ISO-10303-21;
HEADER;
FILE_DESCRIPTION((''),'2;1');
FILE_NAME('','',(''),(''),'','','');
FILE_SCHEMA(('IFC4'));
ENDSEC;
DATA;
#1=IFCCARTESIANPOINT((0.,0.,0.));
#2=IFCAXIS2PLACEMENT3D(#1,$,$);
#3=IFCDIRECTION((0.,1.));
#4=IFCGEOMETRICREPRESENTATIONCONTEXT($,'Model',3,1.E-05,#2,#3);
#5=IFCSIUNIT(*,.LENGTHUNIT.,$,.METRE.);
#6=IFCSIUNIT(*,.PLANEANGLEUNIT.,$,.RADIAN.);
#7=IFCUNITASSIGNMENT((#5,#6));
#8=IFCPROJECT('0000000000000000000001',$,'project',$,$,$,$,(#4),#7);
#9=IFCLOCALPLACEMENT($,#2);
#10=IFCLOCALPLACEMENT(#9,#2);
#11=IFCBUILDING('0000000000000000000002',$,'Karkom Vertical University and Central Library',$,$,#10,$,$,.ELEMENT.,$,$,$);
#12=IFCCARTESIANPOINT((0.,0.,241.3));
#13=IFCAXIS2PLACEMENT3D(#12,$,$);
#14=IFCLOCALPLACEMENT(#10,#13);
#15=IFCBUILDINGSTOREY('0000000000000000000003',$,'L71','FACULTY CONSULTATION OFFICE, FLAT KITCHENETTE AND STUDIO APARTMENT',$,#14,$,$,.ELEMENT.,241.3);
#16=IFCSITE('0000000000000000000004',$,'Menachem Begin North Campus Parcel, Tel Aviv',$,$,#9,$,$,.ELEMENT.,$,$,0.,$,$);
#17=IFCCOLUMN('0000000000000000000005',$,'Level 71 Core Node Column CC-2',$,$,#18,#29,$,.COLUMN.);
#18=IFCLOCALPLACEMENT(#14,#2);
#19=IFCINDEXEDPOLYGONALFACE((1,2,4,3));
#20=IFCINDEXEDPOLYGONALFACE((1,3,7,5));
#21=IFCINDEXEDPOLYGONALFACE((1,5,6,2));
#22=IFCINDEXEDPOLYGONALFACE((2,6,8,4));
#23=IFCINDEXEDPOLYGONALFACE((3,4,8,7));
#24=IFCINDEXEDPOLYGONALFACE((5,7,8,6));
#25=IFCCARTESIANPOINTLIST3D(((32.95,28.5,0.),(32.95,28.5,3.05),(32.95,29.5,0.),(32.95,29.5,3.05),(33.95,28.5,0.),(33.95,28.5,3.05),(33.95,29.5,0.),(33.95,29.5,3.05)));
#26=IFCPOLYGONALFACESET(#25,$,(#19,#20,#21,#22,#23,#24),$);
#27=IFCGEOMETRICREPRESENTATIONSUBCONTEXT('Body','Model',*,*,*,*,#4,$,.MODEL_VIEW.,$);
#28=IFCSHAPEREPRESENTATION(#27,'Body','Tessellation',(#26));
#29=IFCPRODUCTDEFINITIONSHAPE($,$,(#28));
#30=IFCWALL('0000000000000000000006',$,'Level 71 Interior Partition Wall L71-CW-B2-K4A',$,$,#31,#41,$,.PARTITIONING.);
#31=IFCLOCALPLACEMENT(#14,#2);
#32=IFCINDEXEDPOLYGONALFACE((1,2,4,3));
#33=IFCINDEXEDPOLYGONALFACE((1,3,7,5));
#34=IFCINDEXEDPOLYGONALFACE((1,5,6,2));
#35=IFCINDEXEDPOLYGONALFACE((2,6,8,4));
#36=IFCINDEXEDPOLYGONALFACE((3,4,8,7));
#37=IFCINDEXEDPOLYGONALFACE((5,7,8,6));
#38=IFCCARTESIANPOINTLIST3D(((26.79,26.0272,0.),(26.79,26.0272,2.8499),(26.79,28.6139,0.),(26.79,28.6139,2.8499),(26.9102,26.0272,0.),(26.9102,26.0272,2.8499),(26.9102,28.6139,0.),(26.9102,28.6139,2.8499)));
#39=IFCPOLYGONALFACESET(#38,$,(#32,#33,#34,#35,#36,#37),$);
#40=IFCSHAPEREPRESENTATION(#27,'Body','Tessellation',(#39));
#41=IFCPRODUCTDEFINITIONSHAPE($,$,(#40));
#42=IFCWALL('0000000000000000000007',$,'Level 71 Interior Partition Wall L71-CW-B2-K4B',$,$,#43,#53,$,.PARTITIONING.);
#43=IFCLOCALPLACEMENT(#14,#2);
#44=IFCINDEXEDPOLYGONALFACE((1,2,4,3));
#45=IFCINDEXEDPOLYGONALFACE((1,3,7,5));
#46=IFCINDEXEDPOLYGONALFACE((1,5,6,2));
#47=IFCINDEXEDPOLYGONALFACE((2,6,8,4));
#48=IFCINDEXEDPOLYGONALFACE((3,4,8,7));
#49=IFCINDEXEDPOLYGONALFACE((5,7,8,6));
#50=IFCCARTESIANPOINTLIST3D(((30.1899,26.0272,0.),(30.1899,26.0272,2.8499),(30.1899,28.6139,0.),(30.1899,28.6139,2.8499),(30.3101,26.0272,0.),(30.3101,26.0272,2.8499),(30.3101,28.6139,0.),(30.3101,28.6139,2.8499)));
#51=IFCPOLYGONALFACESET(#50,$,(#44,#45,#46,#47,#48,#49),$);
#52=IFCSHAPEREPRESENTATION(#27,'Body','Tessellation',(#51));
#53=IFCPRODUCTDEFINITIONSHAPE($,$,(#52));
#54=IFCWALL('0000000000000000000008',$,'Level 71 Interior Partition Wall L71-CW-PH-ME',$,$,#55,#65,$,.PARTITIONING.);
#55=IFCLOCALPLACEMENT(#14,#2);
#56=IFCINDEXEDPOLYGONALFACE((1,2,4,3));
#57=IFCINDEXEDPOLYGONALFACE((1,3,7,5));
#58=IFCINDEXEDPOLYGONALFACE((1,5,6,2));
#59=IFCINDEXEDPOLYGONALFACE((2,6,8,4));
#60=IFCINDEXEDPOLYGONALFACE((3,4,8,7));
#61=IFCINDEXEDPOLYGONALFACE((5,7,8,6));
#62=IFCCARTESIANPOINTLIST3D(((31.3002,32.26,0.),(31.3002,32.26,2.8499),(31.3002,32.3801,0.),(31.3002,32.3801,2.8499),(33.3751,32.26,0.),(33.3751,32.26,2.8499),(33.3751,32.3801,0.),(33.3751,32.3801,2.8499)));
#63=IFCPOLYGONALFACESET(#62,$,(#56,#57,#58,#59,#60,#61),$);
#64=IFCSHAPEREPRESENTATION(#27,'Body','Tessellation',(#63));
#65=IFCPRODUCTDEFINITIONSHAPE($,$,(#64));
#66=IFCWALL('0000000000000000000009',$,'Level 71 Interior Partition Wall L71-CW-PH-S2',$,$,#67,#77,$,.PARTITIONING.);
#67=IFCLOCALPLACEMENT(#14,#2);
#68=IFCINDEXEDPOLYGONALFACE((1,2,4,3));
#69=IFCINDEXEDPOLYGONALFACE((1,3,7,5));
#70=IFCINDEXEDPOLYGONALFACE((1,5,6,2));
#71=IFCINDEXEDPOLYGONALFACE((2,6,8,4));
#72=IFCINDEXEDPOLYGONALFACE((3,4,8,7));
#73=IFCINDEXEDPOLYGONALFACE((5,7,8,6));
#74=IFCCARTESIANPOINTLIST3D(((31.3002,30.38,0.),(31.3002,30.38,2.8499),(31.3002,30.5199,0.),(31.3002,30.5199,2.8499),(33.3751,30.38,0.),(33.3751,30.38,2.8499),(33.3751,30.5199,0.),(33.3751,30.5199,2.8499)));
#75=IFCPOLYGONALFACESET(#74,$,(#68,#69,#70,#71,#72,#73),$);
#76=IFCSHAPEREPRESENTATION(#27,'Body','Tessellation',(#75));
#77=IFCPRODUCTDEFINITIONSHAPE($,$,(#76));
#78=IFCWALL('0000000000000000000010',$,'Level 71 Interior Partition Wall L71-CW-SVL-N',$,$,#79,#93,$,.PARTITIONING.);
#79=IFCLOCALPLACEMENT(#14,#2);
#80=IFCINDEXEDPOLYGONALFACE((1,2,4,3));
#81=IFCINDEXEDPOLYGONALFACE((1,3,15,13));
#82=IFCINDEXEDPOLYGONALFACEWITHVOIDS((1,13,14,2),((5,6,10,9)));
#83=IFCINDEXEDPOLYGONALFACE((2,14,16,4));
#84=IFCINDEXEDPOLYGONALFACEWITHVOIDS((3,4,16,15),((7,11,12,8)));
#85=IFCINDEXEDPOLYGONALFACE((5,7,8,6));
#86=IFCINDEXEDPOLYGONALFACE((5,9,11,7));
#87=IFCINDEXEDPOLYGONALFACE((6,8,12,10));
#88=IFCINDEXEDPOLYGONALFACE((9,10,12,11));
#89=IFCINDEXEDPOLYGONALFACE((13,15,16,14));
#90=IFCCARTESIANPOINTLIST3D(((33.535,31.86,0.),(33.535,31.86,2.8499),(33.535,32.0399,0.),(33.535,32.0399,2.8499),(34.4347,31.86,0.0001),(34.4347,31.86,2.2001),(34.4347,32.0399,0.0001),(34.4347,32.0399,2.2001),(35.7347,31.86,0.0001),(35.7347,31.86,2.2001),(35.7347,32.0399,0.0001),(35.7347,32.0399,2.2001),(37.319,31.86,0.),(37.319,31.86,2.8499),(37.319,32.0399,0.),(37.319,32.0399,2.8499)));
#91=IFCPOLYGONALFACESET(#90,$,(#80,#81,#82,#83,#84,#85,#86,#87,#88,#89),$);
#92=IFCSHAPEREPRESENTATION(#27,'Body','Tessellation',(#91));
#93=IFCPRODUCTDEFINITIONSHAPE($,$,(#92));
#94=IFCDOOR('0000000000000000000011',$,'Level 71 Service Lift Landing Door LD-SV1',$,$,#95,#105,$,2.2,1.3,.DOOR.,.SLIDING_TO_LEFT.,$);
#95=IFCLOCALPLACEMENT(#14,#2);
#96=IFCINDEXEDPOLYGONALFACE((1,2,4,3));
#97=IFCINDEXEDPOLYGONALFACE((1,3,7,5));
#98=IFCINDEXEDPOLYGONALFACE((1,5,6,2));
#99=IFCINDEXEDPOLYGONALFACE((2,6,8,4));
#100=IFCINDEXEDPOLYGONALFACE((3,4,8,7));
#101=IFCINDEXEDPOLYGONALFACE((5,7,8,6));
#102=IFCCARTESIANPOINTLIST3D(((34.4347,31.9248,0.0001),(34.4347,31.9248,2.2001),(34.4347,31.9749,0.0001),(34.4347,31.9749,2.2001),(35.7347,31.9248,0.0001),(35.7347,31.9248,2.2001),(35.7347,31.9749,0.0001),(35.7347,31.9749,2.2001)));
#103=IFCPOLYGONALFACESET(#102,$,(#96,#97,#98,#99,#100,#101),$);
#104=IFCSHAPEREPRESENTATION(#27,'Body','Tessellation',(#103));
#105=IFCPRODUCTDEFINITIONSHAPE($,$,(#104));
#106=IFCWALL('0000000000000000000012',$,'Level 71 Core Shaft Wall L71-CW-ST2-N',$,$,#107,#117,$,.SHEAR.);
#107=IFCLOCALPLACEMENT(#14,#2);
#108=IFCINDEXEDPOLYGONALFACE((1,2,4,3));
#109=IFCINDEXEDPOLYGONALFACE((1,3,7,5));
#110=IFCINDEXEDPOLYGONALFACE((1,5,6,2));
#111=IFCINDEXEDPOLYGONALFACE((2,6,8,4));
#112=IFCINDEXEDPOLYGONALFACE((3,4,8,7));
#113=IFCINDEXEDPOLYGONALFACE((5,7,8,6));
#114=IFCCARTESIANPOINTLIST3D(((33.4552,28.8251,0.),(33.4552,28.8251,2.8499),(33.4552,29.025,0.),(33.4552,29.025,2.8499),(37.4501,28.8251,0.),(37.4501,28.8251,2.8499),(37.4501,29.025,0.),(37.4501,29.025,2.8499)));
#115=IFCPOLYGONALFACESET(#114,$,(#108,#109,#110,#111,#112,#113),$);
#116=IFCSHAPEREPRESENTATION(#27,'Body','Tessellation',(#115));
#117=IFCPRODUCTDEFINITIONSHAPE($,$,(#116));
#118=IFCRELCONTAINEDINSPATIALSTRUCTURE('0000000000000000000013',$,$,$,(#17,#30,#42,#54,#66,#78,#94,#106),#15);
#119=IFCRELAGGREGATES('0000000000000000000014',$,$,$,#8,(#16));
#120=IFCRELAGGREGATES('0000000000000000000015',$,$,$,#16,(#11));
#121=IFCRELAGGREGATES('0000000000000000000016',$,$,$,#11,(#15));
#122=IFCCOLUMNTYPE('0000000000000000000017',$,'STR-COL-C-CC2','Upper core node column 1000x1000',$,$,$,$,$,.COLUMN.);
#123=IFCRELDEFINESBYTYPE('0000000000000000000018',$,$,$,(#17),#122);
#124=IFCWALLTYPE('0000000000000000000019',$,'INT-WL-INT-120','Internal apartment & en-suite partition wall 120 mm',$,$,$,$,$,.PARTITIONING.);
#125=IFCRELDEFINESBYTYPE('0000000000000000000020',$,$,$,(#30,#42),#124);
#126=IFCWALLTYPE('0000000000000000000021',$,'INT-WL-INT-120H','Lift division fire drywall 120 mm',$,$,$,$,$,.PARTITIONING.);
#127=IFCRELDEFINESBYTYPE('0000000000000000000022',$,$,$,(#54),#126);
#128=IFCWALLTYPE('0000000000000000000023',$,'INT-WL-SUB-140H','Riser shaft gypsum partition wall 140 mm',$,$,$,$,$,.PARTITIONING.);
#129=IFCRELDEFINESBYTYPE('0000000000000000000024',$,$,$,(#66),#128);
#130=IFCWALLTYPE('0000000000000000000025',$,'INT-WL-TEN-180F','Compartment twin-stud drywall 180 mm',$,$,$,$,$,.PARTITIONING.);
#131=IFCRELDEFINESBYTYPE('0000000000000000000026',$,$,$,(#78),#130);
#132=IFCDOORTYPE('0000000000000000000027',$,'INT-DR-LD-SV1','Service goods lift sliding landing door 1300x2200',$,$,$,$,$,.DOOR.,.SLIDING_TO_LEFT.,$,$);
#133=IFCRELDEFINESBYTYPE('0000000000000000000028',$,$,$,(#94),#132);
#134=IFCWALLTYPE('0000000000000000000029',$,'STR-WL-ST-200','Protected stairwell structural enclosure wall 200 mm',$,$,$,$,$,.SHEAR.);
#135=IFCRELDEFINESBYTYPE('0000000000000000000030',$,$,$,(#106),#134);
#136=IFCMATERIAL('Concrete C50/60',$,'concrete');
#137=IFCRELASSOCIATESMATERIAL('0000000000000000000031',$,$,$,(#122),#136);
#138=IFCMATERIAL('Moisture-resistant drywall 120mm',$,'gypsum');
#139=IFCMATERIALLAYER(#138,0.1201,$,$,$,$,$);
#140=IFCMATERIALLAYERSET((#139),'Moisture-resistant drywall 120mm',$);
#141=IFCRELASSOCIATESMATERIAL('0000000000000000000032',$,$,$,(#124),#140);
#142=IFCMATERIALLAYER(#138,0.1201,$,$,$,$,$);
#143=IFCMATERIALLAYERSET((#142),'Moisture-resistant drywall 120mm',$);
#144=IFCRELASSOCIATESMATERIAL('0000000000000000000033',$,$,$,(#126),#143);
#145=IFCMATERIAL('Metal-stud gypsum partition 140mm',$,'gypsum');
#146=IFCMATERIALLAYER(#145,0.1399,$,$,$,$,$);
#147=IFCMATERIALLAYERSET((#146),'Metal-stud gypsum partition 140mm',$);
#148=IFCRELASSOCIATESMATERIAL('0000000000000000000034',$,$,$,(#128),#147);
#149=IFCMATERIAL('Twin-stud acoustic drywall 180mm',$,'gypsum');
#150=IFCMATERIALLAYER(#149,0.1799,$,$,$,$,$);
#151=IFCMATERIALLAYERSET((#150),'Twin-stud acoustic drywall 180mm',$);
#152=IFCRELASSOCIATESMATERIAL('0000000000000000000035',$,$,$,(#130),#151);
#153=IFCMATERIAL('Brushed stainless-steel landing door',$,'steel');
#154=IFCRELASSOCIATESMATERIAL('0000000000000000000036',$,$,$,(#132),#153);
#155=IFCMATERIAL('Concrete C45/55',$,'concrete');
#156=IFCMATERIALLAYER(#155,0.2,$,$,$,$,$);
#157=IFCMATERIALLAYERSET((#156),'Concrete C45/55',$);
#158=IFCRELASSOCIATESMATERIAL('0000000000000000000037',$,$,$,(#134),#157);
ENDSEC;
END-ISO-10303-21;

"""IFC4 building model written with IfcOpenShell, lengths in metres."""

from ifc_helpers import new_model, si_unit, direction, frame, frame_2d, origin, origin_with_axes, origin_2d, place, context, subcontext, project, spatial, rectangle, extrude, source, transform, mapped, material, layer, layer_set, material_profile, profile_set, type_object, element, fill, save


model = new_model("IFC4")

# Units and contexts
model_context = context("Model", 3, precision=1e-05, world=origin(), true_north=direction((0.0, 1.0)))
body_context = subcontext(model_context, "Body", "Model", "MODEL_VIEW")
ifc_project = project(units=[si_unit("LENGTHUNIT", "METRE"), si_unit("PLANEANGLEUNIT", "RADIAN")], contexts=[model_context])

# Site, building, storey
site_placement = place(None, origin())
site = spatial("IfcSite", under=ifc_project, at=site_placement, Name="Menachem Begin North Campus Parcel, Tel Aviv", CompositionType="ELEMENT", RefElevation=0.0)
building_placement = place(site_placement, origin())
building = spatial("IfcBuilding", under=site, at=building_placement, Name="Karkom Vertical University and Central Library", CompositionType="ELEMENT")
storey_placement = place(building_placement, frame((0.0, 0.0, 241.3)))
storey = spatial("IfcBuildingStorey", under=building, at=storey_placement, Name="L71", Description="FACULTY CONSULTATION OFFICE, FLAT KITCHENETTE AND STUDIO APARTMENT", CompositionType="ELEMENT", Elevation=241.3)

# Column
ifc_material_1 = material(Name="Concrete C50/60", Category="concrete")
ifc_material_profile = material_profile(ifc_material_1, rectangle(XDim=1.0, YDim=1.0, at=origin_2d()), Name="RC-1000x1000")
ifc_profile_set = profile_set([ifc_material_profile], Name="Concrete C50/60")
column_type = type_object("IfcColumnType", Name="STR-COL-C-CC2", Description="Upper core node column 1000x1000", PredefinedType="COLUMN", material=ifc_profile_set)
shared_shape_1 = source(origin_with_axes(), body_context, "Body", "SweptSolid", [
    extrude(rectangle(XDim=1.0, YDim=1.0, at=origin_2d()), origin(), (0.0, 0.0, 1.0), 3.05),
])
column_placement = place(storey_placement, frame((33.45, 29.0, 0.0), z_axis=(0.0, 0.0, 1.0), x_axis=(1.0, 0.0, 0.0)))
element("IfcColumn", 1, at=column_placement, inside=storey, type_object=column_type, Name="Level 71 Core Node Column CC-2", PredefinedType="COLUMN", context=body_context, shape_type="MappedRepresentation", body=[
    mapped(shared_shape_1, transform((0.0, 0.0, 0.0), scale=1.0)),
])

# Walls
ifc_material_2 = material(Name="Moisture-resistant drywall 120mm", Category="gypsum")
ifc_layer_1 = layer(ifc_material_2, 0.1201)
ifc_layer_set_1 = layer_set([ifc_layer_1], Name="Moisture-resistant drywall 120mm")
wall_type_1 = type_object("IfcWallType", Name="INT-WL-INT-120", Description="Internal apartment & en-suite partition wall 120 mm", PredefinedType="PARTITIONING", material=ifc_layer_set_1)
for number, where, z_axis, x_axis, name in (
    (2, (26.8501, 26.0271, 0.0), (0.0, 0.0, 1.0), (0.0, 1.0, 0.0), "Level 71 Interior Partition Wall L71-CW-B2-K4A"),
    (3, (30.25, 26.0271, 0.0), (0.0, 0.0, 1.0), (0.0, 1.0, 0.0), "Level 71 Interior Partition Wall L71-CW-B2-K4B"),
):
    element("IfcWall", number, at=place(storey_placement, frame(where, z_axis=z_axis, x_axis=x_axis)), inside=storey, type_object=wall_type_1, Name=name, PredefinedType="PARTITIONING", context=body_context, shape_type="SweptSolid", body=[
        extrude(rectangle(XDim=2.5867, YDim=0.1201, at=frame_2d((1.2935, 0.0))), origin(), (0.0, 0.0, 1.0), 2.8499),
    ])
ifc_layer_2 = layer(ifc_material_2, 0.1201)
ifc_layer_set_2 = layer_set([ifc_layer_2], Name="Moisture-resistant drywall 120mm")
wall_type_2 = type_object("IfcWallType", Name="INT-WL-INT-120H", Description="Lift division fire drywall 120 mm", PredefinedType="PARTITIONING", material=ifc_layer_set_2)
wall_1_placement = place(storey_placement, frame((31.3, 32.3201, 0.0), z_axis=(0.0, 0.0, 1.0), x_axis=(1.0, 0.0, 0.0)))
element("IfcWall", 4, at=wall_1_placement, inside=storey, type_object=wall_type_2, Name="Level 71 Interior Partition Wall L71-CW-PH-ME", PredefinedType="PARTITIONING", context=body_context, shape_type="SweptSolid", body=[
    extrude(rectangle(XDim=2.075, YDim=0.1201, at=frame_2d((1.0376, 0.0))), origin(), (0.0, 0.0, 1.0), 2.8499),
])

# Shared definitions
ifc_material_3 = material(Name="Metal-stud gypsum partition 140mm", Category="gypsum")
ifc_layer_3 = layer(ifc_material_3, 0.1399)
ifc_layer_set_3 = layer_set([ifc_layer_3], Name="Metal-stud gypsum partition 140mm")
wall_type_3 = type_object("IfcWallType", Name="INT-WL-SUB-140H", Description="Riser shaft gypsum partition wall 140 mm", PredefinedType="PARTITIONING", material=ifc_layer_set_3)
ifc_material_4 = material(Name="Brushed stainless-steel landing door", Category="steel")

# Wall
wall_2_placement = place(storey_placement, frame((31.3, 30.45, 0.0), z_axis=(0.0, 0.0, 1.0), x_axis=(1.0, 0.0, 0.0)))
element("IfcWall", 5, at=wall_2_placement, inside=storey, type_object=wall_type_3, Name="Level 71 Interior Partition Wall L71-CW-PH-S2", PredefinedType="PARTITIONING", context=body_context, shape_type="SweptSolid", body=[
    extrude(rectangle(XDim=2.075, YDim=0.1399, at=frame_2d((1.0376, 0.0))), origin(), (0.0, 0.0, 1.0), 2.8499),
])

# Wall, opening, door
ifc_material_5 = material(Name="Twin-stud acoustic drywall 180mm", Category="gypsum")
ifc_layer_4 = layer(ifc_material_5, 0.1799)
ifc_layer_set_4 = layer_set([ifc_layer_4], Name="Twin-stud acoustic drywall 180mm")
wall_type_4 = type_object("IfcWallType", Name="INT-WL-TEN-180F", Description="Compartment twin-stud drywall 180 mm", PredefinedType="PARTITIONING", material=ifc_layer_set_4)
wall_3_placement = place(storey_placement, frame((33.5349, 31.95, 0.0), z_axis=(0.0, 0.0, 1.0), x_axis=(1.0, 0.0, 0.0)))
wall_3 = element("IfcWall", 6, at=wall_3_placement, inside=storey, type_object=wall_type_4, Name="Level 71 Interior Partition Wall L71-CW-SVL-N", PredefinedType="PARTITIONING", context=body_context, shape_type="SweptSolid", body=[
    extrude(rectangle(XDim=3.7839, YDim=0.1799, at=frame_2d((1.8921, 0.0))), origin(), (0.0, 0.0, 1.0), 2.8499),
])
opening_1_placement = place(wall_3_placement, frame((0.8999, 0.0, 0.0)))
opening_1 = element("IfcOpeningElement", 7, at=opening_1_placement, cuts=wall_3, PredefinedType="OPENING", context=body_context, shape_type="SweptSolid", body=[
    extrude(rectangle(XDim=1.3, YDim=2.2, at=frame_2d((0.6499, 1.1001))), frame((0.0, 0.1001, 0.0), z_axis=(0.0, -1.0, 0.0), x_axis=(1.0, 0.0, 0.0)), (0.0, 0.0, 1.0), 0.2),
])
door_type_1 = type_object("IfcDoorType", Name="INT-DR-LD-SV1", Description="Service goods lift sliding landing door 1300x2200", OperationType="SLIDING_TO_LEFT", PredefinedType="DOOR", material=ifc_material_4)
shared_shape_2 = source(origin_with_axes(), body_context, "Body", "SweptSolid", [
    extrude(rectangle(XDim=1.3, YDim=2.2, at=frame_2d((0.6499, 1.1001))), frame((0.0, 0.0249, 0.0), z_axis=(0.0, -1.0, 0.0), x_axis=(1.0, 0.0, 0.0)), (0.0, 0.0, 1.0), 0.05),
])
door_1_placement = place(opening_1_placement, origin())
door_1 = element("IfcDoor", 8, at=door_1_placement, inside=storey, type_object=door_type_1, Name="Level 71 Service Lift Landing Door LD-SV1", OperationType="SLIDING_TO_LEFT", OverallHeight=2.2, OverallWidth=1.3, PredefinedType="DOOR", context=body_context, shape_type="MappedRepresentation", body=[
    mapped(shared_shape_2, transform((0.0, 0.0, 0.0), scale=1.0)),
])
fill(opening_1, door_1)

# Wall
ifc_material_6 = material(Name="Concrete C45/55", Category="concrete")
ifc_layer_5 = layer(ifc_material_6, 0.2)
ifc_layer_set_5 = layer_set([ifc_layer_5], Name="Concrete C45/55")
wall_type_5 = type_object("IfcWallType", Name="STR-WL-ST-200", Description="Protected stairwell structural enclosure wall 200 mm", PredefinedType="SHEAR", material=ifc_layer_set_5)
wall_4_placement = place(storey_placement, frame((33.4551, 28.925, 0.0), z_axis=(0.0, 0.0, 1.0), x_axis=(1.0, 0.0, 0.0)))
element("IfcWall", 9, at=wall_4_placement, inside=storey, type_object=wall_type_5, Name="Level 71 Core Shaft Wall L71-CW-ST2-N", PredefinedType="SHEAR", context=body_context, shape_type="SweptSolid", body=[
    extrude(rectangle(XDim=3.9949, YDim=0.2, at=frame_2d((1.9976, 0.0))), origin(), (0.0, 0.0, 1.0), 2.8499),
])

save(model, "model.ifc")
